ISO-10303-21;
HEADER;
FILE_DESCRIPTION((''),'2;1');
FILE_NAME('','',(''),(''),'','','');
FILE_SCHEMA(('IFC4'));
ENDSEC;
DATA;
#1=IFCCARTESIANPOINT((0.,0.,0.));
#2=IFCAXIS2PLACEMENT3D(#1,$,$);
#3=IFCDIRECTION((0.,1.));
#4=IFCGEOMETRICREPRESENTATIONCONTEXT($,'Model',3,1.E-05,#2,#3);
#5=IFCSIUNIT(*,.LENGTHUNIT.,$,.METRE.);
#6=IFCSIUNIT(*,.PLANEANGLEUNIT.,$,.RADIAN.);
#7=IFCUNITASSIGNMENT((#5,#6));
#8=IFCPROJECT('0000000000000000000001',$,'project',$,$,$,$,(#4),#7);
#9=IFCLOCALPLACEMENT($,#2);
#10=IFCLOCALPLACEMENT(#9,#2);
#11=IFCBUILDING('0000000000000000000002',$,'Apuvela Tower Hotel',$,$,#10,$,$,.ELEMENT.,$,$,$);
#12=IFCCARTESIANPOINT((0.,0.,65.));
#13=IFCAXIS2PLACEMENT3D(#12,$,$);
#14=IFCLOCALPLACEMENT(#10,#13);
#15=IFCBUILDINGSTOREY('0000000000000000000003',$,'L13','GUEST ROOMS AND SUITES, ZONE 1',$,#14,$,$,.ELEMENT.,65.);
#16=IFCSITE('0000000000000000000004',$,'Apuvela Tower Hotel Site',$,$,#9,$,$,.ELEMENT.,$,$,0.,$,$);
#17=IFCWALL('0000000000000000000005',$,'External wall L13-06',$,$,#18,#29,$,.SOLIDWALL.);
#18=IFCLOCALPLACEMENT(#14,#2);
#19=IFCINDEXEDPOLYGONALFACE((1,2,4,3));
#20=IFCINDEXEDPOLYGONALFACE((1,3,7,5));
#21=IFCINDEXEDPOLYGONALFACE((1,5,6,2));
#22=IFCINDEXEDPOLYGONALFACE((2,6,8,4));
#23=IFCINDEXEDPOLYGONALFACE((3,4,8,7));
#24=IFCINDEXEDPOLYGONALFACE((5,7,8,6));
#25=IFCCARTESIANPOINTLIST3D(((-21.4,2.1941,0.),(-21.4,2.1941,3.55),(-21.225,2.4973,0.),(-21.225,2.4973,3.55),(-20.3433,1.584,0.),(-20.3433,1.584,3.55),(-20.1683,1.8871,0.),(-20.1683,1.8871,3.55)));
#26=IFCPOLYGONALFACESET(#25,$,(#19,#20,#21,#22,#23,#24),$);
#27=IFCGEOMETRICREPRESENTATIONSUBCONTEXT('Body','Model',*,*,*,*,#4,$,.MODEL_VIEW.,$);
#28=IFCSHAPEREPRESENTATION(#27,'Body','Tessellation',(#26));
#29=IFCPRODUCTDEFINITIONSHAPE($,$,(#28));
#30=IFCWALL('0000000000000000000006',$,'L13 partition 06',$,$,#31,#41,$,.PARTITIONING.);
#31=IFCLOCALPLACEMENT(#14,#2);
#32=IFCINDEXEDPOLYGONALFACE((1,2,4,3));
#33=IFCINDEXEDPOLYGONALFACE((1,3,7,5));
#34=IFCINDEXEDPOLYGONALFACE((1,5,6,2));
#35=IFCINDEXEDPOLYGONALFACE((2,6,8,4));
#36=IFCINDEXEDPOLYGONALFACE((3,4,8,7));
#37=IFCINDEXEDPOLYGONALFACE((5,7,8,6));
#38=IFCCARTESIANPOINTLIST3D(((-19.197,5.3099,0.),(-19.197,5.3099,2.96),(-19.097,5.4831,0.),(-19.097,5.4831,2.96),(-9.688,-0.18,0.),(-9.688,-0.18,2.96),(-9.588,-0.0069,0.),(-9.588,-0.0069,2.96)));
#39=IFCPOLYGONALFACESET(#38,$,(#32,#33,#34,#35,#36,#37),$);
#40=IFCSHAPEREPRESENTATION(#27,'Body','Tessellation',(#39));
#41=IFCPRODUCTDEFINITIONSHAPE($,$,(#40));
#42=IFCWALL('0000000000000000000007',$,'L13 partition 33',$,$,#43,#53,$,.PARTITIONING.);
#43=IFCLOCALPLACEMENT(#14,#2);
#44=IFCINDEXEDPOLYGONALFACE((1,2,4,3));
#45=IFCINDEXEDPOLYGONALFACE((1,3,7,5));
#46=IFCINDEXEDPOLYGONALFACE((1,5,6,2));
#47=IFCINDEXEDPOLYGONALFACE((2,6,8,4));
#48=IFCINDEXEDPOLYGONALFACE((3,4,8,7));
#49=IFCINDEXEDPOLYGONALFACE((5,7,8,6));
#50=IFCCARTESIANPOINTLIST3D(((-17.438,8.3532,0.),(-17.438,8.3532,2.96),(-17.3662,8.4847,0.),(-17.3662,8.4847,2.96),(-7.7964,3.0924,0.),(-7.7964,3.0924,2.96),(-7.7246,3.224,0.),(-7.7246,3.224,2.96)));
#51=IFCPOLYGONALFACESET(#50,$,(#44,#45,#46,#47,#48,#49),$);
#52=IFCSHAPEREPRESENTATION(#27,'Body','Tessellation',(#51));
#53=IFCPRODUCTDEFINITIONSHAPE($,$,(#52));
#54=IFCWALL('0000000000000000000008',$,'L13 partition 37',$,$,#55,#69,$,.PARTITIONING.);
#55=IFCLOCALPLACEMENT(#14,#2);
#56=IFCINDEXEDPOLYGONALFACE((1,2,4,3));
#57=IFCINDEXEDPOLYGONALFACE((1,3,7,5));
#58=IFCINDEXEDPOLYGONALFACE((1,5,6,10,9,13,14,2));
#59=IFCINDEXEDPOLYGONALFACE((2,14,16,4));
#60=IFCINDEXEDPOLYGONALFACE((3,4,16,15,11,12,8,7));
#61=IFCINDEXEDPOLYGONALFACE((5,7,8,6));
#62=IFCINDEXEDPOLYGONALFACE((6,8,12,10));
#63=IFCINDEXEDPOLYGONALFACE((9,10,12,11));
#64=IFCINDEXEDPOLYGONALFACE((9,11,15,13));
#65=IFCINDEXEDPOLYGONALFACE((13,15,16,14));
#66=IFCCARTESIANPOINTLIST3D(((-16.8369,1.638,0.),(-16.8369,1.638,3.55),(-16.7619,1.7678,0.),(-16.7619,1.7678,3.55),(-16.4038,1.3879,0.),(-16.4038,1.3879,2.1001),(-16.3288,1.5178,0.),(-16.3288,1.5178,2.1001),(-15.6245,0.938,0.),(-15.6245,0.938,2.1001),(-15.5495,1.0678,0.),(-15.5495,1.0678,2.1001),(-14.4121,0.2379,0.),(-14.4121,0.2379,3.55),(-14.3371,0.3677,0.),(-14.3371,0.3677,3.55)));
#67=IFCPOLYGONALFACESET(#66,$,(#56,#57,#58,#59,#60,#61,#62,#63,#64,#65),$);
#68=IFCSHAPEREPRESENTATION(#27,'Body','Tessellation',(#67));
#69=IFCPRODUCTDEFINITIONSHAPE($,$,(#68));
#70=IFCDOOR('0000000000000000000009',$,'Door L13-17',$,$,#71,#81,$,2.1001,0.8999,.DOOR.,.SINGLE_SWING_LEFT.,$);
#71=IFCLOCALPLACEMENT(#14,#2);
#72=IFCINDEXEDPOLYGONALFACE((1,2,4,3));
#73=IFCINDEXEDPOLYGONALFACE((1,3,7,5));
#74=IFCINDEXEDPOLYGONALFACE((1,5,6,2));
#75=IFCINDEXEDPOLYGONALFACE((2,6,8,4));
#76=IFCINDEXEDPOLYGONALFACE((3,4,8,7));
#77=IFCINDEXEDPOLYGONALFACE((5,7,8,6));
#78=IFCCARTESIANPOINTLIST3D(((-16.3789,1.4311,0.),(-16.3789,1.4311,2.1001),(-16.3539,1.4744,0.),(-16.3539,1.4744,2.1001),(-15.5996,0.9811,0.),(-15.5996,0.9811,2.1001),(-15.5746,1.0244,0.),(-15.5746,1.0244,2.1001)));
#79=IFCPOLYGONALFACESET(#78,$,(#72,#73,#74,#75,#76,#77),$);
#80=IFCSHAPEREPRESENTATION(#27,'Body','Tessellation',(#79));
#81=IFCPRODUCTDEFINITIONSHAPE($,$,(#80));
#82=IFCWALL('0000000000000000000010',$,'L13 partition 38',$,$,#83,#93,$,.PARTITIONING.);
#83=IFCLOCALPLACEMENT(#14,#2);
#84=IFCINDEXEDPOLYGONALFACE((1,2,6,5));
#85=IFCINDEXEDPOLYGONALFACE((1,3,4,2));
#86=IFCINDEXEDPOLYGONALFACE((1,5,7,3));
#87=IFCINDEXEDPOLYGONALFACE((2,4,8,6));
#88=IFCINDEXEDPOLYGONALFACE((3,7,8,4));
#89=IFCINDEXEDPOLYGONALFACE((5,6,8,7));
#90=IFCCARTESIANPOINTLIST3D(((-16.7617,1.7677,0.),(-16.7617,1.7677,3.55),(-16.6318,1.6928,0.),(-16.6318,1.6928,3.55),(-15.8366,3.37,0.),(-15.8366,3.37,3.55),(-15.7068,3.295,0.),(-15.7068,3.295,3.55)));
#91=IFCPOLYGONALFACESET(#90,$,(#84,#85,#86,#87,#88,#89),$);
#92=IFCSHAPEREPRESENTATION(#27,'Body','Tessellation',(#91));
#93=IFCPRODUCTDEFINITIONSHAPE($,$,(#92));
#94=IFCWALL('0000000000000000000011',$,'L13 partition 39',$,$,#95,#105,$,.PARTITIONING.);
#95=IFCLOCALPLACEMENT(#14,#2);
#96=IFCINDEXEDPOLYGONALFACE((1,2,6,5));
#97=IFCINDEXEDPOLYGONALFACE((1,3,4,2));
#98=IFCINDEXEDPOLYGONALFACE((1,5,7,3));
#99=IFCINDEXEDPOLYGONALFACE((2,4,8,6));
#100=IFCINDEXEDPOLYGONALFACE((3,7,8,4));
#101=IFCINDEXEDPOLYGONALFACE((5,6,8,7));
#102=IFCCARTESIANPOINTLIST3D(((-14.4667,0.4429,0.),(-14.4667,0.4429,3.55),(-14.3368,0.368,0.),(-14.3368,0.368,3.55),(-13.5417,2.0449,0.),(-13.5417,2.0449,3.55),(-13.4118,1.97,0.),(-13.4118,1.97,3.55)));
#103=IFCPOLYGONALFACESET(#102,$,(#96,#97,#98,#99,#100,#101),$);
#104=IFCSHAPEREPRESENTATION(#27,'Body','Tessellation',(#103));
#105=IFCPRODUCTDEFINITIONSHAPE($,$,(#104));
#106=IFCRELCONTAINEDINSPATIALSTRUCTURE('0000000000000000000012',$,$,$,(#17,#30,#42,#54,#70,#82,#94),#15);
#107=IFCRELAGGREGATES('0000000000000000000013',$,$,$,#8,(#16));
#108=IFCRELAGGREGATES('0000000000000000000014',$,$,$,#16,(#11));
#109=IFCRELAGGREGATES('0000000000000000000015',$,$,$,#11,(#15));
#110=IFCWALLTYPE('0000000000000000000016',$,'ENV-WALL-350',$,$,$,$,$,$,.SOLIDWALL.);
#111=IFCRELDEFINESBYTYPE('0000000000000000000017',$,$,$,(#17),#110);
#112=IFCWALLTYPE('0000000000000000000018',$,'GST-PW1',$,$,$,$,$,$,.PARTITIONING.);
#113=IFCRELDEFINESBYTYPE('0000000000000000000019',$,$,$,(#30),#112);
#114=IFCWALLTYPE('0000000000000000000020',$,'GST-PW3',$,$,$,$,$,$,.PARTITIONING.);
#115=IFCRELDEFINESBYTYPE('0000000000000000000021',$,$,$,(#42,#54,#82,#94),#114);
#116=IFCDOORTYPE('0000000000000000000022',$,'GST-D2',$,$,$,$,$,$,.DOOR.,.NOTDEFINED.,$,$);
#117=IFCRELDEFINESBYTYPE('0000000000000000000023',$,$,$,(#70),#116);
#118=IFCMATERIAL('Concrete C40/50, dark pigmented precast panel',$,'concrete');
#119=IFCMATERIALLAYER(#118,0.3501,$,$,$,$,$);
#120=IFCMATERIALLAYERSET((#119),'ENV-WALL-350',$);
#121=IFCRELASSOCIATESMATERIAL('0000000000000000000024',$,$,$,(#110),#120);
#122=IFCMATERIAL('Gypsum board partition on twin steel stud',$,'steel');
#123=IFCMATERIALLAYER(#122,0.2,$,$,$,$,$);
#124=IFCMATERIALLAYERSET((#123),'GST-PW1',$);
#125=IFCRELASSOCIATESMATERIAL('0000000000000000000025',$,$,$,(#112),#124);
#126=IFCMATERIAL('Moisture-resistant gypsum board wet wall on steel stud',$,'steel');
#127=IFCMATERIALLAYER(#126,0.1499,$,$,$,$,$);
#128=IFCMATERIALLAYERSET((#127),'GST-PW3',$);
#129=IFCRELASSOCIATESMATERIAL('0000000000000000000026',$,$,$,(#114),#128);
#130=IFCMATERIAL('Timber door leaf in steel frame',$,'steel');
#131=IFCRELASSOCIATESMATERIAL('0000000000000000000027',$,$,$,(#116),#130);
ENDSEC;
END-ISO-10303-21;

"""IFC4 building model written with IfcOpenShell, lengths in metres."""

from ifc_helpers import new_model, si_unit, direction, frame, frame_2d, origin, place, context, subcontext, project, spatial, rectangle, extrude, material, layer, layer_set, type_object, element, fill, save


model = new_model("IFC4")

# Units and contexts
model_context = context("Model", 3, precision=1e-05, world=origin(), true_north=direction((0.0, 1.0)))
body_context = subcontext(model_context, "Body", "Model", "MODEL_VIEW")
ifc_project = project(units=[si_unit("LENGTHUNIT", "METRE"), si_unit("PLANEANGLEUNIT", "RADIAN")], contexts=[model_context])

# Site, building, storey
site_placement = place(None, origin())
site = spatial("IfcSite", under=ifc_project, at=site_placement, Name="Apuvela Tower Hotel Site", CompositionType="ELEMENT", RefElevation=0.0)
building_placement = place(site_placement, origin())
building = spatial("IfcBuilding", under=site, at=building_placement, Name="Apuvela Tower Hotel", CompositionType="ELEMENT")
storey_placement = place(building_placement, frame((0.0, 0.0, 65.0)))
storey = spatial("IfcBuildingStorey", under=building, at=storey_placement, Name="L13", Description="GUEST ROOMS AND SUITES, ZONE 1", CompositionType="ELEMENT", Elevation=65.0)

# Wall
ifc_material_1 = material(Name="Concrete C40/50, dark pigmented precast panel", Category="concrete")
ifc_layer_1 = layer(ifc_material_1, 0.3501)
ifc_layer_set_1 = layer_set([ifc_layer_1], Name="ENV-WALL-350")
wall_type_1 = type_object("IfcWallType", Name="ENV-WALL-350", PredefinedType="SOLIDWALL", material=ifc_layer_set_1)
wall_1_placement = place(storey_placement, frame((-21.3125, 2.3457, 0.0), z_axis=(0.0, 0.0, 1.0), x_axis=(0.866006, -0.500034, 0.0)))
element("IfcWall", 1, at=wall_1_placement, inside=storey, type_object=wall_type_1, Name="External wall L13-06", PredefinedType="SOLIDWALL", context=body_context, shape_type="SweptSolid", body=[
    extrude(rectangle(XDim=1.2202, YDim=0.3501, at=frame_2d((0.6101, 0.0))), origin(), (0.0, 0.0, 1.0), 3.55),
])

# Walls
ifc_material_2 = material(Name="Gypsum board partition on twin steel stud", Category="steel")
ifc_layer_2 = layer(ifc_material_2, 0.2)
ifc_layer_set_2 = layer_set([ifc_layer_2], Name="GST-PW1")
wall_type_2 = type_object("IfcWallType", Name="GST-PW1", PredefinedType="PARTITIONING", material=ifc_layer_set_2)
wall_2_placement = place(storey_placement, frame((-19.147, 5.3965, 0.0), z_axis=(0.0, 0.0, 1.0), x_axis=(0.866027, -0.499996, 0.0)))
element("IfcWall", 2, at=wall_2_placement, inside=storey, type_object=wall_type_2, Name="L13 partition 06", PredefinedType="PARTITIONING", context=body_context, shape_type="SweptSolid", body=[
    extrude(rectangle(XDim=10.98, YDim=0.2, at=frame_2d((5.49, 0.0))), origin(), (0.0, 0.0, 1.0), 2.96),
])
ifc_material_3 = material(Name="Moisture-resistant gypsum board wet wall on steel stud", Category="steel")
ifc_layer_3 = layer(ifc_material_3, 0.1499)
ifc_layer_set_3 = layer_set([ifc_layer_3], Name="GST-PW3")
wall_type_3 = type_object("IfcWallType", Name="GST-PW3", PredefinedType="PARTITIONING", material=ifc_layer_set_3)
wall_3_placement = place(storey_placement, frame((-17.4021, 8.4189, 0.0), z_axis=(0.0, 0.0, 1.0), x_axis=(0.877831, -0.47897, 0.0)))
element("IfcWall", 3, at=wall_3_placement, inside=storey, type_object=wall_type_3, Name="L13 partition 33", PredefinedType="PARTITIONING", context=body_context, shape_type="SweptSolid", body=[
    extrude(rectangle(XDim=10.9834, YDim=0.1499, at=frame_2d((5.4917, 0.0))), origin(), (0.0, 0.0, 1.0), 2.96),
])

# Wall, opening, door
wall_4_placement = place(storey_placement, frame((-16.7993, 1.7029, 0.0), z_axis=(0.0, 0.0, 1.0), x_axis=(0.865997, -0.50005, 0.0)))
wall_4 = element("IfcWall", 4, at=wall_4_placement, inside=storey, type_object=wall_type_3, Name="L13 partition 37", PredefinedType="PARTITIONING", context=body_context, shape_type="SweptSolid", body=[
    extrude(rectangle(XDim=2.8, YDim=0.1499, at=frame_2d((1.3999, 0.0))), origin(), (0.0, 0.0, 1.0), 3.55),
])
opening_1_placement = place(wall_4_placement, frame((0.5, 0.0, 0.0)))
opening_1 = element("IfcOpeningElement", 5, at=opening_1_placement, cuts=wall_4, PredefinedType="OPENING", context=body_context, shape_type="SweptSolid", body=[
    extrude(rectangle(XDim=0.8999, YDim=2.1001, at=frame_2d((0.45, 1.05))), frame((0.0, 0.085, 0.0), z_axis=(0.0, -1.0, 0.0), x_axis=(1.0, 0.0, 0.0)), (0.0, 0.0, 1.0), 0.1699),
])
ifc_material_4 = material(Name="Timber door leaf in steel frame", Category="steel")
door_type_1 = type_object("IfcDoorType", Name="GST-D2", OperationType="NOTDEFINED", PredefinedType="DOOR", material=ifc_material_4)
door_1_placement = place(opening_1_placement, origin())
door_1 = element("IfcDoor", 6, at=door_1_placement, inside=storey, type_object=door_type_1, Name="Door L13-17", OperationType="SINGLE_SWING_LEFT", OverallHeight=2.1001, OverallWidth=0.8999, PredefinedType="DOOR", context=body_context, shape_type="SweptSolid", body=[
    extrude(rectangle(XDim=0.8999, YDim=2.1001, at=frame_2d((0.45, 1.05))), frame((0.0, 0.0249, 0.0), z_axis=(0.0, -1.0, 0.0), x_axis=(1.0, 0.0, 0.0)), (0.0, 0.0, 1.0), 0.05),
])
fill(opening_1, door_1)

# Walls
wall_5_placement = place(storey_placement, frame((-15.7717, 3.3325, 0.0), z_axis=(0.0, 0.0, 1.0), x_axis=(-0.499985, -0.866034, 0.0)))
element("IfcWall", 7, at=wall_5_placement, inside=storey, type_object=wall_type_3, Name="L13 partition 38", PredefinedType="PARTITIONING", context=body_context, shape_type="SweptSolid", body=[
    extrude(rectangle(XDim=1.8501, YDim=0.1499, at=frame_2d((0.925, 0.0))), origin(), (0.0, 0.0, 1.0), 3.55),
])
wall_6_placement = place(storey_placement, frame((-13.4768, 2.0073, 0.0), z_axis=(0.0, 0.0, 1.0), x_axis=(-0.500042, -0.866001, 0.0)))
element("IfcWall", 8, at=wall_6_placement, inside=storey, type_object=wall_type_3, Name="L13 partition 39", PredefinedType="PARTITIONING", context=body_context, shape_type="SweptSolid", body=[
    extrude(rectangle(XDim=1.8499, YDim=0.1499, at=frame_2d((0.9248, 0.0))), origin(), (0.0, 0.0, 1.0), 3.55),
])

save(model, "model.ifc")
